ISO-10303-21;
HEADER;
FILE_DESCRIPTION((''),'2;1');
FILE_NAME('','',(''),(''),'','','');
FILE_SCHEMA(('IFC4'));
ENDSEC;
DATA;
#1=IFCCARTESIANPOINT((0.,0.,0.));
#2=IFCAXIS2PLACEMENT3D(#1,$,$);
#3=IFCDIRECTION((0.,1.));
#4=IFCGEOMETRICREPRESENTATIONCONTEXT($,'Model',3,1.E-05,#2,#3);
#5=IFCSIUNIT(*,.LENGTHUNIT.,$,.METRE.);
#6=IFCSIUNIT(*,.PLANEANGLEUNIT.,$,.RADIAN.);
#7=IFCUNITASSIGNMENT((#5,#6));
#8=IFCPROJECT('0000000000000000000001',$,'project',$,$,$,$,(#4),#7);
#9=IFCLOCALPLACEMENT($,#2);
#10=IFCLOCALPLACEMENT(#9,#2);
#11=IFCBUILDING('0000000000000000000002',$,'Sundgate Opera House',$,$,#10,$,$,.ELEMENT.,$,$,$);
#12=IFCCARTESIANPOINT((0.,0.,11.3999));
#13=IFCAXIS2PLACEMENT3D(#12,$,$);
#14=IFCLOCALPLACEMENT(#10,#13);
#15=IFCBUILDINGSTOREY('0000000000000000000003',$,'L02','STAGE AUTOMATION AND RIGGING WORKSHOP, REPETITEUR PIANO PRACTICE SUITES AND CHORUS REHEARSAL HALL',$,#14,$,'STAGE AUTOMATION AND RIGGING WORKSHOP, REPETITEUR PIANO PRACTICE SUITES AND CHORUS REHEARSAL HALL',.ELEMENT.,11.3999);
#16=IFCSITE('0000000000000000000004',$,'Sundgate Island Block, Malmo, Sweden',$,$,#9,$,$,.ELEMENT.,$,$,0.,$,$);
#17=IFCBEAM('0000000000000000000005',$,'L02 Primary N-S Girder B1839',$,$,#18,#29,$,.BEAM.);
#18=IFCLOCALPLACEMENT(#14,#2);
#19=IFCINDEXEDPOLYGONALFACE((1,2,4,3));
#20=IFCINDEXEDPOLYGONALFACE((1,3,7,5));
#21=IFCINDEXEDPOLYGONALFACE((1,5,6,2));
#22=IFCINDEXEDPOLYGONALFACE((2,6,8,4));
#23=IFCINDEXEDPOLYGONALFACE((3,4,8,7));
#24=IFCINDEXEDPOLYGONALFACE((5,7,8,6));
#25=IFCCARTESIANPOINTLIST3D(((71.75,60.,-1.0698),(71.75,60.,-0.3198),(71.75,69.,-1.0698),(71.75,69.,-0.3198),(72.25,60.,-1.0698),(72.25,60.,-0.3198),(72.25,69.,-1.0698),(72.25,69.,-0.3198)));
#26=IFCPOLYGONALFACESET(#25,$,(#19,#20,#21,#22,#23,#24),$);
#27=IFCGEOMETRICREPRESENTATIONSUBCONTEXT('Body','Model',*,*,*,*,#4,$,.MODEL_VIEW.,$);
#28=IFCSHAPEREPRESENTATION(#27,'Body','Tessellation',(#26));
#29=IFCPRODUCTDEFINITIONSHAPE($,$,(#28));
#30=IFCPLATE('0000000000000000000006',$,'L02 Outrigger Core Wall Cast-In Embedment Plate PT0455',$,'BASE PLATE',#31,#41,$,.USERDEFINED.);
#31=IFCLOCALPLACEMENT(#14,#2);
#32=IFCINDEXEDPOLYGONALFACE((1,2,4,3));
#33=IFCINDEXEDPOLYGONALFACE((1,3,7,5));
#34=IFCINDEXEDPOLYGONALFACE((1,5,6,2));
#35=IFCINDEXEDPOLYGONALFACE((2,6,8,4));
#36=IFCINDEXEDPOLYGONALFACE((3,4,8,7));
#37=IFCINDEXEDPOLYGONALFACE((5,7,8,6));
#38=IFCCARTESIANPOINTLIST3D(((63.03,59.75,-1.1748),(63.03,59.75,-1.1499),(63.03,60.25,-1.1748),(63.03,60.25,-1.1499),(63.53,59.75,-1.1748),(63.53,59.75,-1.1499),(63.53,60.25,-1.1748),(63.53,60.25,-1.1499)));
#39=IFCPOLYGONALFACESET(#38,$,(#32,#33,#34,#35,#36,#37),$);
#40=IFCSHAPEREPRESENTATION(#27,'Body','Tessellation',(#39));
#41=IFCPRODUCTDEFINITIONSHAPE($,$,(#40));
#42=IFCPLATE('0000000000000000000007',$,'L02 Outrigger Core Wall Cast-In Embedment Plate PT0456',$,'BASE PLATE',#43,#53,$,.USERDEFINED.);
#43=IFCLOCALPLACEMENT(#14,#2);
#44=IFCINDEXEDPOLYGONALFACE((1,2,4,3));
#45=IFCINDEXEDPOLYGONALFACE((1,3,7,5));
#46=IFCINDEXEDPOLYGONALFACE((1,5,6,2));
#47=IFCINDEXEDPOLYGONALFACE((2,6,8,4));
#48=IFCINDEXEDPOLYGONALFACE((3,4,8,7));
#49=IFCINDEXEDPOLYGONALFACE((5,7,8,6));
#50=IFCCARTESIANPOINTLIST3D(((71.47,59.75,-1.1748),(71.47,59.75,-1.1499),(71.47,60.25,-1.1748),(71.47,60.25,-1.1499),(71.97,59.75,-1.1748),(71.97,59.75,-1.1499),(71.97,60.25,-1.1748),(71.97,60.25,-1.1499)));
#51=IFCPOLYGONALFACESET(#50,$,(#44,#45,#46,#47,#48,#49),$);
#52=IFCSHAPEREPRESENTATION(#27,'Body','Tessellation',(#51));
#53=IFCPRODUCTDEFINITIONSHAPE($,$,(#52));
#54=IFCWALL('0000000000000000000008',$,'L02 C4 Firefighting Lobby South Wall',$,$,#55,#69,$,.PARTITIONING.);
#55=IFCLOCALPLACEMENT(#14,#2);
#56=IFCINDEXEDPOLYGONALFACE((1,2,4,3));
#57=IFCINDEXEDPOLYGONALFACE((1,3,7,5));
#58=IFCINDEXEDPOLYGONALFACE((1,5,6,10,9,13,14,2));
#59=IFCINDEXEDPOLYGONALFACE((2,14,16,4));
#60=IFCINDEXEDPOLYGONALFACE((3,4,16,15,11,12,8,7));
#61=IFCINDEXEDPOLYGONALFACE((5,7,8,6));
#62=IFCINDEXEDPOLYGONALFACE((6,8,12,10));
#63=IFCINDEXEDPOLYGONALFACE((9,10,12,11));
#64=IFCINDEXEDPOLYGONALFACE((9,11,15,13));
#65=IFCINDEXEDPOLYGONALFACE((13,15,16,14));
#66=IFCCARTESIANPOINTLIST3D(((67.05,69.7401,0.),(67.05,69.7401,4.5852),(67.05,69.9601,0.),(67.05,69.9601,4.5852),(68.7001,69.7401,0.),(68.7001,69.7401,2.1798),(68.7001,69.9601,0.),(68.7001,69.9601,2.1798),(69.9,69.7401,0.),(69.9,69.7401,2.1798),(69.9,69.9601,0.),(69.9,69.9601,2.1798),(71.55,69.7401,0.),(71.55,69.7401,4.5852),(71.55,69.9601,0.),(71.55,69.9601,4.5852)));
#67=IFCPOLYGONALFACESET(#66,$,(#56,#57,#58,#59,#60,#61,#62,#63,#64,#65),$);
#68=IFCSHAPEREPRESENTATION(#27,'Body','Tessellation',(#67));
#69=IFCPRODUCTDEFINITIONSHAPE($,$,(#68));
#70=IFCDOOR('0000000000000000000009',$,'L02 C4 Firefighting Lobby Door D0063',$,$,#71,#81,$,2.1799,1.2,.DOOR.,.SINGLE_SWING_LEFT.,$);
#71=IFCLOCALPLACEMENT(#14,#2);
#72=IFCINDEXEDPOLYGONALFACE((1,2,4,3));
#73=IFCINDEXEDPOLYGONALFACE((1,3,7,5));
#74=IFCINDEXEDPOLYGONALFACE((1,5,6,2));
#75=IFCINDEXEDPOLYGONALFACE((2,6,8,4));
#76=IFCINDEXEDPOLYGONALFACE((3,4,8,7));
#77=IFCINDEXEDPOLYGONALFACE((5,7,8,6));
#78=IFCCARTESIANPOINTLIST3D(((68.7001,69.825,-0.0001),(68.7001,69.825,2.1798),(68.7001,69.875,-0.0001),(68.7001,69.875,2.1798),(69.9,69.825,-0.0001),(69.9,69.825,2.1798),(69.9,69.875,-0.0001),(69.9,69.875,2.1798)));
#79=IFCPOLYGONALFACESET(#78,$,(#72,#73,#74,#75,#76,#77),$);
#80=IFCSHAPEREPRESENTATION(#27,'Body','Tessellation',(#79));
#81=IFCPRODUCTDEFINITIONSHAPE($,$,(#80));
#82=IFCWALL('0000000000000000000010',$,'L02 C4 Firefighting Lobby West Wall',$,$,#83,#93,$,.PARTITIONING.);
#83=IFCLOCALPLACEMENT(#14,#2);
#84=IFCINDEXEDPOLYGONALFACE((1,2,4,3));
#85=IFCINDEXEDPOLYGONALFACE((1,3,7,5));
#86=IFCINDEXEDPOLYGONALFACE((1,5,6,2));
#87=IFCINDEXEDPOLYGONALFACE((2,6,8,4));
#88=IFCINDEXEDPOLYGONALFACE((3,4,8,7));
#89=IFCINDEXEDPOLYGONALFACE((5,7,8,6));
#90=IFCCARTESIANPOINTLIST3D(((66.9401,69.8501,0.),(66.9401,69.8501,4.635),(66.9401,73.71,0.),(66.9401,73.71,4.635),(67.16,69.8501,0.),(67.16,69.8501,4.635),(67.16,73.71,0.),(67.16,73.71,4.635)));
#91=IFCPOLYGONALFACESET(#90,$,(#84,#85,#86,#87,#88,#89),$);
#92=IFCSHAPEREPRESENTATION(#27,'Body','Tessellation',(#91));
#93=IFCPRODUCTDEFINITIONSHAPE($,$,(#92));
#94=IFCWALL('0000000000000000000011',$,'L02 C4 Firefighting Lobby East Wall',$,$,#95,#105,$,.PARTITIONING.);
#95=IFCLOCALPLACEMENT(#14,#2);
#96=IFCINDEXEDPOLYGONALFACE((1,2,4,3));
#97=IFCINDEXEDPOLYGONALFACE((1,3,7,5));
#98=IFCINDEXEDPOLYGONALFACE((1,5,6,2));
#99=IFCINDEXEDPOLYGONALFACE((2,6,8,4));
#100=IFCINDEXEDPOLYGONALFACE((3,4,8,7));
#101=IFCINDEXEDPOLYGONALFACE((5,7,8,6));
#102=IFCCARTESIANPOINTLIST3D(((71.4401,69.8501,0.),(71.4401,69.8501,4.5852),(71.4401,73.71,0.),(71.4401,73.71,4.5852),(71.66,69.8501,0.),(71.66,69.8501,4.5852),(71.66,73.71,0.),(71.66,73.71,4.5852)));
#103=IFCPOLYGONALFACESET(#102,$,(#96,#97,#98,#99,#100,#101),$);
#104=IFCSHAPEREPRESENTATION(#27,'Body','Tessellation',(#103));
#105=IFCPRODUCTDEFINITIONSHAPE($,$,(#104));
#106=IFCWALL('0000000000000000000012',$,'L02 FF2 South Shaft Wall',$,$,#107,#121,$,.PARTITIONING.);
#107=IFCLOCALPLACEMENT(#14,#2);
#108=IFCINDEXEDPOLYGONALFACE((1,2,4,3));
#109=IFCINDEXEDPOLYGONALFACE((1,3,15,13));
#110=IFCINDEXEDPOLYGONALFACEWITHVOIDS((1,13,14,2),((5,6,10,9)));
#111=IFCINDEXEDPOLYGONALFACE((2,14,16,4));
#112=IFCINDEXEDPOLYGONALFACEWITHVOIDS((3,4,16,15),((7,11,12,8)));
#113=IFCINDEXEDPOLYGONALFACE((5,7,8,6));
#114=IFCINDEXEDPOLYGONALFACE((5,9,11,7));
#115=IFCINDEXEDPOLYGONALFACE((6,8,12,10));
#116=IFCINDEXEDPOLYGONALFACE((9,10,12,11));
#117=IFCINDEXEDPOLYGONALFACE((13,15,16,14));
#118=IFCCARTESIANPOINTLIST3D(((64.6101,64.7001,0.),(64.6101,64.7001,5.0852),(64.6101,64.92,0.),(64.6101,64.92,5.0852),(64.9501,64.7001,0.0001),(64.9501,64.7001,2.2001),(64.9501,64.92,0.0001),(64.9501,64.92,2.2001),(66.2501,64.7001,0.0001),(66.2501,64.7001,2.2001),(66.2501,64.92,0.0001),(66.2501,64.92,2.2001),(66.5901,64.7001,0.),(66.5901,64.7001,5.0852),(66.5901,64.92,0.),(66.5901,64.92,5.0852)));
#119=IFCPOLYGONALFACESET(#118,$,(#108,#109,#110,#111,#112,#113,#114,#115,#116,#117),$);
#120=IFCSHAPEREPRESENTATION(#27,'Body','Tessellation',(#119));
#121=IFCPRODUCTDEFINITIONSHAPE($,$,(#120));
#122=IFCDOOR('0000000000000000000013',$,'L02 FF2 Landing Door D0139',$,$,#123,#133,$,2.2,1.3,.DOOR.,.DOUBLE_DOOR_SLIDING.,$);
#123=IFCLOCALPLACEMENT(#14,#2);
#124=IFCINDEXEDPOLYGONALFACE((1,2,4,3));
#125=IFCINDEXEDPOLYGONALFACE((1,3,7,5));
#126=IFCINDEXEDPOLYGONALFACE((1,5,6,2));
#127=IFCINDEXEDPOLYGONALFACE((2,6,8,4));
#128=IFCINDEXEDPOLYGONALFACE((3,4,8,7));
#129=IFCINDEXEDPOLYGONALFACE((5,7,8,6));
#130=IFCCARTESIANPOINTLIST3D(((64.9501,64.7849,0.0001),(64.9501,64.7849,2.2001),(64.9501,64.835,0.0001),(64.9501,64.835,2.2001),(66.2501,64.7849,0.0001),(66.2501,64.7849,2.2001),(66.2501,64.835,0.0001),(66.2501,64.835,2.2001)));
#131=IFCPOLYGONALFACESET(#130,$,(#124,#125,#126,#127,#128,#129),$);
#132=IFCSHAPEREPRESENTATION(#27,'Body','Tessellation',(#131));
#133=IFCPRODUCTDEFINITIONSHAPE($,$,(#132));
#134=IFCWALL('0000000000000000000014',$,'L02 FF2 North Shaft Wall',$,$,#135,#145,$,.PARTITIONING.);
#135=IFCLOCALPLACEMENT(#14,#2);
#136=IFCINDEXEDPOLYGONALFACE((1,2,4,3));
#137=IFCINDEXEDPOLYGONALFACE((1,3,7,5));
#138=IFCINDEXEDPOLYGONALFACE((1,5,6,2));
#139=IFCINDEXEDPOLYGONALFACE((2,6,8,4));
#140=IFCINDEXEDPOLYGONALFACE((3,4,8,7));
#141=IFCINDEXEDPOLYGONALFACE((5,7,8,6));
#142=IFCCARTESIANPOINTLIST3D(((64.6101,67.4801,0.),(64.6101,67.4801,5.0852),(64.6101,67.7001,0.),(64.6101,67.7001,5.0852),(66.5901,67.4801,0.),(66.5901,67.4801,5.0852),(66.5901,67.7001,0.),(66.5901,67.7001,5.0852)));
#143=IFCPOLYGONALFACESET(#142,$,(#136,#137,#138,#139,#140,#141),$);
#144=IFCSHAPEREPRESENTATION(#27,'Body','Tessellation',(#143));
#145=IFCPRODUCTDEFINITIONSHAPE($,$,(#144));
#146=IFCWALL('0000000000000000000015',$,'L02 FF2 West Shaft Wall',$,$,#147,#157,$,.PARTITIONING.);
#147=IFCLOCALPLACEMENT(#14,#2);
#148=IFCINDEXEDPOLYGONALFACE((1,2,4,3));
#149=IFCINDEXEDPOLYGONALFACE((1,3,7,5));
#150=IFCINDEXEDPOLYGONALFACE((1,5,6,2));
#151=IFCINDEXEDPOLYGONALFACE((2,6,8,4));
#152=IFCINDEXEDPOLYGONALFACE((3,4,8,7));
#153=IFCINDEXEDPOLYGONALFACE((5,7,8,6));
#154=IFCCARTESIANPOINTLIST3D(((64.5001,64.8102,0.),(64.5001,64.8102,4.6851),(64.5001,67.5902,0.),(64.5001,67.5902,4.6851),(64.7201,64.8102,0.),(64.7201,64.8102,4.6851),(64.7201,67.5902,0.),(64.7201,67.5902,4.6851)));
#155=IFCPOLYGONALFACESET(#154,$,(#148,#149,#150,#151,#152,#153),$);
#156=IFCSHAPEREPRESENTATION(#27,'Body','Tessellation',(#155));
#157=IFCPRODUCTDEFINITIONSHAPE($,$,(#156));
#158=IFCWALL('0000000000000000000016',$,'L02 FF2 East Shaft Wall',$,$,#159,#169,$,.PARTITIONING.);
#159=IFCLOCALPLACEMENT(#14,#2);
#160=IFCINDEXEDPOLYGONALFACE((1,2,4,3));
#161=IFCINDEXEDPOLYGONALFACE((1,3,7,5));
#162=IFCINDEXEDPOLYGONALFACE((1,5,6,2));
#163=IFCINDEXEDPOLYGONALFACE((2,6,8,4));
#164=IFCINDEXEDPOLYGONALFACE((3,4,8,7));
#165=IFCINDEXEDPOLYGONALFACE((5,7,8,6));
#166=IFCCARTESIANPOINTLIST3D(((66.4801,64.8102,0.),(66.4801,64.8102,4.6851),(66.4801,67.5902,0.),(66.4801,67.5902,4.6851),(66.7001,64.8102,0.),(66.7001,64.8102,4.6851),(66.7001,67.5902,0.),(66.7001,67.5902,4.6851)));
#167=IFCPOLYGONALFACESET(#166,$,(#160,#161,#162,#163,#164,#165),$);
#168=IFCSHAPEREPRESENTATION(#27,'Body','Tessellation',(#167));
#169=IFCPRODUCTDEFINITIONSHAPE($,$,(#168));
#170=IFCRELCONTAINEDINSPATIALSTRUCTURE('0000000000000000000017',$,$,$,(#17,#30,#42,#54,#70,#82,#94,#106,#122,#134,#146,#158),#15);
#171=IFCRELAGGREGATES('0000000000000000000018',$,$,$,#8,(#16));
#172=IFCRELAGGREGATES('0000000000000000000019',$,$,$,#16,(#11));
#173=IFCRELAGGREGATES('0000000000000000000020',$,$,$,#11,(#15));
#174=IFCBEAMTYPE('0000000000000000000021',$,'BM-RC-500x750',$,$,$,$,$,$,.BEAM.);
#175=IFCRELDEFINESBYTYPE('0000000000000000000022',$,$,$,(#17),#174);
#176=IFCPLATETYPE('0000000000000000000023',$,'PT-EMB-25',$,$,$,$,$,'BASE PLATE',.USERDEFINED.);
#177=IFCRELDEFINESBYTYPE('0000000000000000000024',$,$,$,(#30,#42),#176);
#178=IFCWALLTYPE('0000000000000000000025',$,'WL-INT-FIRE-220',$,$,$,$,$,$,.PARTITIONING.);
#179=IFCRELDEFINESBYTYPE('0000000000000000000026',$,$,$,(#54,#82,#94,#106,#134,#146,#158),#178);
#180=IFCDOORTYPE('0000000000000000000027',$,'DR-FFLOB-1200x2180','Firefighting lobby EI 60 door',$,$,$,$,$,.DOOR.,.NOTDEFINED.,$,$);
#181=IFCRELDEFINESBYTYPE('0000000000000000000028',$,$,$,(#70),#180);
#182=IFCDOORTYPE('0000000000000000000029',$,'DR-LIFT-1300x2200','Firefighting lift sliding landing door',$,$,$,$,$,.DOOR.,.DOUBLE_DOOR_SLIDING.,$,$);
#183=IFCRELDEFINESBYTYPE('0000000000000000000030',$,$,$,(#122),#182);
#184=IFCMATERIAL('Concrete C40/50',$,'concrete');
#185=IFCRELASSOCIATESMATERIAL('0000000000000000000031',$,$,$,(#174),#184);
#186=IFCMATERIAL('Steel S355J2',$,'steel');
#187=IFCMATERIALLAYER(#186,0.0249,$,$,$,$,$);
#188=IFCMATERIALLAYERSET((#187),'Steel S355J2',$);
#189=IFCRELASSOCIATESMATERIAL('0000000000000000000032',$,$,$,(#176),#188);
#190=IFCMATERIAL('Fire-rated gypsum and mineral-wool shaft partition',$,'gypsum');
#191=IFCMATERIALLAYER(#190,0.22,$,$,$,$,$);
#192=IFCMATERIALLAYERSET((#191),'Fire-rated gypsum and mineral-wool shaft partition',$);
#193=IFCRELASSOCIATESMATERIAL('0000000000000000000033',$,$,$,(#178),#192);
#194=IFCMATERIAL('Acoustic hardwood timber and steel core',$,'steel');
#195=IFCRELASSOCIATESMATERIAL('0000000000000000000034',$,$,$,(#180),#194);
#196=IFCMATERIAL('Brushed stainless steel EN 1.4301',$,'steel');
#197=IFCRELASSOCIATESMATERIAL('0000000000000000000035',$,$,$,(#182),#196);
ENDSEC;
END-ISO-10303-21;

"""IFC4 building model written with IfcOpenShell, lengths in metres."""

from ifc_helpers import new_model, si_unit, direction, frame, frame_2d, origin, origin_2d, place, context, subcontext, project, spatial, rectangle, extrude, material, layer, layer_set, material_profile, profile_set, type_object, element, fill, save


model = new_model("IFC4")

# Units and contexts
model_context = context("Model", 3, precision=1e-05, world=origin(), true_north=direction((0.0, 1.0)))
body_context = subcontext(model_context, "Body", "Model", "MODEL_VIEW")
ifc_project = project(units=[si_unit("LENGTHUNIT", "METRE"), si_unit("PLANEANGLEUNIT", "RADIAN")], contexts=[model_context])

# Site, building, storey
site_placement = place(None, origin())
site = spatial("IfcSite", under=ifc_project, at=site_placement, Name="Sundgate Island Block, Malmo, Sweden", CompositionType="ELEMENT", RefElevation=0.0)
building_placement = place(site_placement, origin())
building = spatial("IfcBuilding", under=site, at=building_placement, Name="Sundgate Opera House", CompositionType="ELEMENT")
storey_placement = place(building_placement, frame((0.0, 0.0, 11.3999)))
storey = spatial("IfcBuildingStorey", under=building, at=storey_placement, Name="L02", Description="STAGE AUTOMATION AND RIGGING WORKSHOP, REPETITEUR PIANO PRACTICE SUITES AND CHORUS REHEARSAL HALL", LongName="STAGE AUTOMATION AND RIGGING WORKSHOP, REPETITEUR PIANO PRACTICE SUITES AND CHORUS REHEARSAL HALL", CompositionType="ELEMENT", Elevation=11.3999)

# Beam
ifc_material_1 = material(Name="Concrete C40/50", Category="concrete")
ifc_material_profile_1 = material_profile(ifc_material_1, rectangle(XDim=0.5, YDim=0.75, at=origin_2d()), Name="RC 500x750")
ifc_profile_set_1 = profile_set([ifc_material_profile_1], Name="Concrete C40/50")
beam_type_1 = type_object("IfcBeamType", Name="BM-RC-500x750", PredefinedType="BEAM", material=ifc_profile_set_1)
beam_1_placement = place(storey_placement, frame((72.0, 60.0, -0.6948), z_axis=(0.0, 1.0, 0.0), x_axis=(-1.0, 0.0, 0.0)))
element("IfcBeam", 1, at=beam_1_placement, inside=storey, type_object=beam_type_1, Name="L02 Primary N-S Girder B1839", PredefinedType="BEAM", context=body_context, shape_type="SweptSolid", body=[
    extrude(rectangle(XDim=0.5, YDim=0.75, at=origin_2d()), origin(), (0.0, 0.0, 1.0), 9.0),
])

# Plates
ifc_material_2 = material(Name="Steel S355J2", Category="steel")
ifc_layer_1 = layer(ifc_material_2, 0.0249)
ifc_layer_set_1 = layer_set([ifc_layer_1], Name="Steel S355J2")
plate_type = type_object("IfcPlateType", Name="PT-EMB-25", ElementType="BASE PLATE", PredefinedType="USERDEFINED", material=ifc_layer_set_1)
for number, where, z_axis, x_axis, name in (
    (2, (63.28, 60.0, -1.1748), (0.0, 0.0, 1.0), (1.0, 0.0, 0.0), "L02 Outrigger Core Wall Cast-In Embedment Plate PT0455"),
    (3, (71.72, 60.0, -1.1748), (0.0, 0.0, 1.0), (1.0, 0.0, 0.0), "L02 Outrigger Core Wall Cast-In Embedment Plate PT0456"),
):
    element("IfcPlate", number, at=place(storey_placement, frame(where, z_axis=z_axis, x_axis=x_axis)), inside=storey, type_object=plate_type, Name=name, ObjectType="BASE PLATE", PredefinedType="USERDEFINED", context=body_context, shape_type="SweptSolid", body=[
        extrude(rectangle(XDim=0.5, YDim=0.5, at=origin_2d()), origin(), (0.0, 0.0, 1.0), 0.0249),
    ])

# Wall, opening, door
ifc_material_3 = material(Name="Fire-rated gypsum and mineral-wool shaft partition", Category="gypsum")
ifc_layer_2 = layer(ifc_material_3, 0.22)
ifc_layer_set_2 = layer_set([ifc_layer_2], Name="Fire-rated gypsum and mineral-wool shaft partition")
wall_type = type_object("IfcWallType", Name="WL-INT-FIRE-220", PredefinedType="PARTITIONING", material=ifc_layer_set_2)
wall_1_placement = place(storey_placement, frame((67.05, 69.8501, 0.0), z_axis=(0.0, 0.0, 1.0), x_axis=(1.0, 0.0, 0.0)))
wall_1 = element("IfcWall", 4, at=wall_1_placement, inside=storey, type_object=wall_type, Name="L02 C4 Firefighting Lobby South Wall", PredefinedType="PARTITIONING", context=body_context, shape_type="SweptSolid", body=[
    extrude(rectangle(XDim=4.5, YDim=0.22, at=frame_2d((2.25, 0.0))), origin(), (0.0, 0.0, 1.0), 4.5852),
])
opening_1_placement = place(wall_1_placement, frame((1.6499, 0.0, 0.0)))
opening_1 = element("IfcOpeningElement", 5, at=opening_1_placement, cuts=wall_1, PredefinedType="OPENING", context=body_context, shape_type="SweptSolid", body=[
    extrude(rectangle(XDim=1.2, YDim=2.1799, at=frame_2d((0.6001, 1.0898))), frame((0.0, 0.1199, 0.0), z_axis=(0.0, -1.0, 0.0), x_axis=(1.0, 0.0, 0.0)), (0.0, 0.0, 1.0), 0.24),
])
ifc_material_4 = material(Name="Acoustic hardwood timber and steel core", Category="steel")
door_type_1 = type_object("IfcDoorType", Name="DR-FFLOB-1200x2180", Description="Firefighting lobby EI 60 door", OperationType="NOTDEFINED", PredefinedType="DOOR", material=ifc_material_4)
door_1_placement = place(opening_1_placement, origin())
door_1 = element("IfcDoor", 6, at=door_1_placement, inside=storey, type_object=door_type_1, Name="L02 C4 Firefighting Lobby Door D0063", OperationType="SINGLE_SWING_LEFT", OverallHeight=2.1799, OverallWidth=1.2, PredefinedType="DOOR", context=body_context, shape_type="SweptSolid", body=[
    extrude(rectangle(XDim=1.2, YDim=2.1799, at=frame_2d((0.6001, 1.0898))), frame((0.0, 0.0249, 0.0), z_axis=(0.0, -1.0, 0.0), x_axis=(1.0, 0.0, 0.0)), (0.0, 0.0, 1.0), 0.05),
])
fill(opening_1, door_1)

# Walls
wall_2_placement = place(storey_placement, frame((67.05, 69.8501, 0.0), z_axis=(0.0, 0.0, 1.0), x_axis=(0.0, 1.0, 0.0)))
element("IfcWall", 7, at=wall_2_placement, inside=storey, type_object=wall_type, Name="L02 C4 Firefighting Lobby West Wall", PredefinedType="PARTITIONING", context=body_context, shape_type="SweptSolid", body=[
    extrude(rectangle(XDim=3.8599, YDim=0.22, at=frame_2d((1.9299, 0.0))), origin(), (0.0, 0.0, 1.0), 4.635),
])
wall_3_placement = place(storey_placement, frame((71.55, 69.8501, 0.0), z_axis=(0.0, 0.0, 1.0), x_axis=(0.0, 1.0, 0.0)))
element("IfcWall", 8, at=wall_3_placement, inside=storey, type_object=wall_type, Name="L02 C4 Firefighting Lobby East Wall", PredefinedType="PARTITIONING", context=body_context, shape_type="SweptSolid", body=[
    extrude(rectangle(XDim=3.8599, YDim=0.22, at=frame_2d((1.9299, 0.0))), origin(), (0.0, 0.0, 1.0), 4.5852),
])

# Wall, opening, door
wall_4_placement = place(storey_placement, frame((64.6101, 64.8101, 0.0), z_axis=(0.0, 0.0, 1.0), x_axis=(1.0, 0.0, 0.0)))
wall_4 = element("IfcWall", 9, at=wall_4_placement, inside=storey, type_object=wall_type, Name="L02 FF2 South Shaft Wall", PredefinedType="PARTITIONING", context=body_context, shape_type="SweptSolid", body=[
    extrude(rectangle(XDim=1.98, YDim=0.22, at=frame_2d((0.99, 0.0))), origin(), (0.0, 0.0, 1.0), 5.0852),
])
opening_2_placement = place(wall_4_placement, frame((0.3401, 0.0, 0.0)))
opening_2 = element("IfcOpeningElement", 10, at=opening_2_placement, cuts=wall_4, PredefinedType="OPENING", context=body_context, shape_type="SweptSolid", body=[
    extrude(rectangle(XDim=1.3, YDim=2.2, at=frame_2d((0.6499, 1.1001))), frame((0.0, 0.1199, 0.0), z_axis=(0.0, -1.0, 0.0), x_axis=(1.0, 0.0, 0.0)), (0.0, 0.0, 1.0), 0.24),
])
ifc_material_5 = material(Name="Brushed stainless steel EN 1.4301", Category="steel")
door_type_2 = type_object("IfcDoorType", Name="DR-LIFT-1300x2200", Description="Firefighting lift sliding landing door", OperationType="DOUBLE_DOOR_SLIDING", PredefinedType="DOOR", material=ifc_material_5)
door_2_placement = place(opening_2_placement, origin())
door_2 = element("IfcDoor", 11, at=door_2_placement, inside=storey, type_object=door_type_2, Name="L02 FF2 Landing Door D0139", OperationType="DOUBLE_DOOR_SLIDING", OverallHeight=2.2, OverallWidth=1.3, PredefinedType="DOOR", context=body_context, shape_type="SweptSolid", body=[
    extrude(rectangle(XDim=1.3, YDim=2.2, at=frame_2d((0.6499, 1.1001))), frame((0.0, 0.0249, 0.0), z_axis=(0.0, -1.0, 0.0), x_axis=(1.0, 0.0, 0.0)), (0.0, 0.0, 1.0), 0.05),
])
fill(opening_2, door_2)

# Walls
wall_5_placement = place(storey_placement, frame((64.6101, 67.5901, 0.0), z_axis=(0.0, 0.0, 1.0), x_axis=(1.0, 0.0, 0.0)))
element("IfcWall", 12, at=wall_5_placement, inside=storey, type_object=wall_type, Name="L02 FF2 North Shaft Wall", PredefinedType="PARTITIONING", context=body_context, shape_type="SweptSolid", body=[
    extrude(rectangle(XDim=1.98, YDim=0.22, at=frame_2d((0.99, 0.0))), origin(), (0.0, 0.0, 1.0), 5.0852),
])
for number, where, z_axis, x_axis, name in (
    (13, (64.6101, 64.8101, 0.0), (0.0, 0.0, 1.0), (0.0, 1.0, 0.0), "L02 FF2 West Shaft Wall"),
    (14, (66.5901, 64.8101, 0.0), (0.0, 0.0, 1.0), (0.0, 1.0, 0.0), "L02 FF2 East Shaft Wall"),
):
    element("IfcWall", number, at=place(storey_placement, frame(where, z_axis=z_axis, x_axis=x_axis)), inside=storey, type_object=wall_type, Name=name, PredefinedType="PARTITIONING", context=body_context, shape_type="SweptSolid", body=[
        extrude(rectangle(XDim=2.78, YDim=0.22, at=frame_2d((1.3901, 0.0))), origin(), (0.0, 0.0, 1.0), 4.6851),
    ])

save(model, "model.ifc")
